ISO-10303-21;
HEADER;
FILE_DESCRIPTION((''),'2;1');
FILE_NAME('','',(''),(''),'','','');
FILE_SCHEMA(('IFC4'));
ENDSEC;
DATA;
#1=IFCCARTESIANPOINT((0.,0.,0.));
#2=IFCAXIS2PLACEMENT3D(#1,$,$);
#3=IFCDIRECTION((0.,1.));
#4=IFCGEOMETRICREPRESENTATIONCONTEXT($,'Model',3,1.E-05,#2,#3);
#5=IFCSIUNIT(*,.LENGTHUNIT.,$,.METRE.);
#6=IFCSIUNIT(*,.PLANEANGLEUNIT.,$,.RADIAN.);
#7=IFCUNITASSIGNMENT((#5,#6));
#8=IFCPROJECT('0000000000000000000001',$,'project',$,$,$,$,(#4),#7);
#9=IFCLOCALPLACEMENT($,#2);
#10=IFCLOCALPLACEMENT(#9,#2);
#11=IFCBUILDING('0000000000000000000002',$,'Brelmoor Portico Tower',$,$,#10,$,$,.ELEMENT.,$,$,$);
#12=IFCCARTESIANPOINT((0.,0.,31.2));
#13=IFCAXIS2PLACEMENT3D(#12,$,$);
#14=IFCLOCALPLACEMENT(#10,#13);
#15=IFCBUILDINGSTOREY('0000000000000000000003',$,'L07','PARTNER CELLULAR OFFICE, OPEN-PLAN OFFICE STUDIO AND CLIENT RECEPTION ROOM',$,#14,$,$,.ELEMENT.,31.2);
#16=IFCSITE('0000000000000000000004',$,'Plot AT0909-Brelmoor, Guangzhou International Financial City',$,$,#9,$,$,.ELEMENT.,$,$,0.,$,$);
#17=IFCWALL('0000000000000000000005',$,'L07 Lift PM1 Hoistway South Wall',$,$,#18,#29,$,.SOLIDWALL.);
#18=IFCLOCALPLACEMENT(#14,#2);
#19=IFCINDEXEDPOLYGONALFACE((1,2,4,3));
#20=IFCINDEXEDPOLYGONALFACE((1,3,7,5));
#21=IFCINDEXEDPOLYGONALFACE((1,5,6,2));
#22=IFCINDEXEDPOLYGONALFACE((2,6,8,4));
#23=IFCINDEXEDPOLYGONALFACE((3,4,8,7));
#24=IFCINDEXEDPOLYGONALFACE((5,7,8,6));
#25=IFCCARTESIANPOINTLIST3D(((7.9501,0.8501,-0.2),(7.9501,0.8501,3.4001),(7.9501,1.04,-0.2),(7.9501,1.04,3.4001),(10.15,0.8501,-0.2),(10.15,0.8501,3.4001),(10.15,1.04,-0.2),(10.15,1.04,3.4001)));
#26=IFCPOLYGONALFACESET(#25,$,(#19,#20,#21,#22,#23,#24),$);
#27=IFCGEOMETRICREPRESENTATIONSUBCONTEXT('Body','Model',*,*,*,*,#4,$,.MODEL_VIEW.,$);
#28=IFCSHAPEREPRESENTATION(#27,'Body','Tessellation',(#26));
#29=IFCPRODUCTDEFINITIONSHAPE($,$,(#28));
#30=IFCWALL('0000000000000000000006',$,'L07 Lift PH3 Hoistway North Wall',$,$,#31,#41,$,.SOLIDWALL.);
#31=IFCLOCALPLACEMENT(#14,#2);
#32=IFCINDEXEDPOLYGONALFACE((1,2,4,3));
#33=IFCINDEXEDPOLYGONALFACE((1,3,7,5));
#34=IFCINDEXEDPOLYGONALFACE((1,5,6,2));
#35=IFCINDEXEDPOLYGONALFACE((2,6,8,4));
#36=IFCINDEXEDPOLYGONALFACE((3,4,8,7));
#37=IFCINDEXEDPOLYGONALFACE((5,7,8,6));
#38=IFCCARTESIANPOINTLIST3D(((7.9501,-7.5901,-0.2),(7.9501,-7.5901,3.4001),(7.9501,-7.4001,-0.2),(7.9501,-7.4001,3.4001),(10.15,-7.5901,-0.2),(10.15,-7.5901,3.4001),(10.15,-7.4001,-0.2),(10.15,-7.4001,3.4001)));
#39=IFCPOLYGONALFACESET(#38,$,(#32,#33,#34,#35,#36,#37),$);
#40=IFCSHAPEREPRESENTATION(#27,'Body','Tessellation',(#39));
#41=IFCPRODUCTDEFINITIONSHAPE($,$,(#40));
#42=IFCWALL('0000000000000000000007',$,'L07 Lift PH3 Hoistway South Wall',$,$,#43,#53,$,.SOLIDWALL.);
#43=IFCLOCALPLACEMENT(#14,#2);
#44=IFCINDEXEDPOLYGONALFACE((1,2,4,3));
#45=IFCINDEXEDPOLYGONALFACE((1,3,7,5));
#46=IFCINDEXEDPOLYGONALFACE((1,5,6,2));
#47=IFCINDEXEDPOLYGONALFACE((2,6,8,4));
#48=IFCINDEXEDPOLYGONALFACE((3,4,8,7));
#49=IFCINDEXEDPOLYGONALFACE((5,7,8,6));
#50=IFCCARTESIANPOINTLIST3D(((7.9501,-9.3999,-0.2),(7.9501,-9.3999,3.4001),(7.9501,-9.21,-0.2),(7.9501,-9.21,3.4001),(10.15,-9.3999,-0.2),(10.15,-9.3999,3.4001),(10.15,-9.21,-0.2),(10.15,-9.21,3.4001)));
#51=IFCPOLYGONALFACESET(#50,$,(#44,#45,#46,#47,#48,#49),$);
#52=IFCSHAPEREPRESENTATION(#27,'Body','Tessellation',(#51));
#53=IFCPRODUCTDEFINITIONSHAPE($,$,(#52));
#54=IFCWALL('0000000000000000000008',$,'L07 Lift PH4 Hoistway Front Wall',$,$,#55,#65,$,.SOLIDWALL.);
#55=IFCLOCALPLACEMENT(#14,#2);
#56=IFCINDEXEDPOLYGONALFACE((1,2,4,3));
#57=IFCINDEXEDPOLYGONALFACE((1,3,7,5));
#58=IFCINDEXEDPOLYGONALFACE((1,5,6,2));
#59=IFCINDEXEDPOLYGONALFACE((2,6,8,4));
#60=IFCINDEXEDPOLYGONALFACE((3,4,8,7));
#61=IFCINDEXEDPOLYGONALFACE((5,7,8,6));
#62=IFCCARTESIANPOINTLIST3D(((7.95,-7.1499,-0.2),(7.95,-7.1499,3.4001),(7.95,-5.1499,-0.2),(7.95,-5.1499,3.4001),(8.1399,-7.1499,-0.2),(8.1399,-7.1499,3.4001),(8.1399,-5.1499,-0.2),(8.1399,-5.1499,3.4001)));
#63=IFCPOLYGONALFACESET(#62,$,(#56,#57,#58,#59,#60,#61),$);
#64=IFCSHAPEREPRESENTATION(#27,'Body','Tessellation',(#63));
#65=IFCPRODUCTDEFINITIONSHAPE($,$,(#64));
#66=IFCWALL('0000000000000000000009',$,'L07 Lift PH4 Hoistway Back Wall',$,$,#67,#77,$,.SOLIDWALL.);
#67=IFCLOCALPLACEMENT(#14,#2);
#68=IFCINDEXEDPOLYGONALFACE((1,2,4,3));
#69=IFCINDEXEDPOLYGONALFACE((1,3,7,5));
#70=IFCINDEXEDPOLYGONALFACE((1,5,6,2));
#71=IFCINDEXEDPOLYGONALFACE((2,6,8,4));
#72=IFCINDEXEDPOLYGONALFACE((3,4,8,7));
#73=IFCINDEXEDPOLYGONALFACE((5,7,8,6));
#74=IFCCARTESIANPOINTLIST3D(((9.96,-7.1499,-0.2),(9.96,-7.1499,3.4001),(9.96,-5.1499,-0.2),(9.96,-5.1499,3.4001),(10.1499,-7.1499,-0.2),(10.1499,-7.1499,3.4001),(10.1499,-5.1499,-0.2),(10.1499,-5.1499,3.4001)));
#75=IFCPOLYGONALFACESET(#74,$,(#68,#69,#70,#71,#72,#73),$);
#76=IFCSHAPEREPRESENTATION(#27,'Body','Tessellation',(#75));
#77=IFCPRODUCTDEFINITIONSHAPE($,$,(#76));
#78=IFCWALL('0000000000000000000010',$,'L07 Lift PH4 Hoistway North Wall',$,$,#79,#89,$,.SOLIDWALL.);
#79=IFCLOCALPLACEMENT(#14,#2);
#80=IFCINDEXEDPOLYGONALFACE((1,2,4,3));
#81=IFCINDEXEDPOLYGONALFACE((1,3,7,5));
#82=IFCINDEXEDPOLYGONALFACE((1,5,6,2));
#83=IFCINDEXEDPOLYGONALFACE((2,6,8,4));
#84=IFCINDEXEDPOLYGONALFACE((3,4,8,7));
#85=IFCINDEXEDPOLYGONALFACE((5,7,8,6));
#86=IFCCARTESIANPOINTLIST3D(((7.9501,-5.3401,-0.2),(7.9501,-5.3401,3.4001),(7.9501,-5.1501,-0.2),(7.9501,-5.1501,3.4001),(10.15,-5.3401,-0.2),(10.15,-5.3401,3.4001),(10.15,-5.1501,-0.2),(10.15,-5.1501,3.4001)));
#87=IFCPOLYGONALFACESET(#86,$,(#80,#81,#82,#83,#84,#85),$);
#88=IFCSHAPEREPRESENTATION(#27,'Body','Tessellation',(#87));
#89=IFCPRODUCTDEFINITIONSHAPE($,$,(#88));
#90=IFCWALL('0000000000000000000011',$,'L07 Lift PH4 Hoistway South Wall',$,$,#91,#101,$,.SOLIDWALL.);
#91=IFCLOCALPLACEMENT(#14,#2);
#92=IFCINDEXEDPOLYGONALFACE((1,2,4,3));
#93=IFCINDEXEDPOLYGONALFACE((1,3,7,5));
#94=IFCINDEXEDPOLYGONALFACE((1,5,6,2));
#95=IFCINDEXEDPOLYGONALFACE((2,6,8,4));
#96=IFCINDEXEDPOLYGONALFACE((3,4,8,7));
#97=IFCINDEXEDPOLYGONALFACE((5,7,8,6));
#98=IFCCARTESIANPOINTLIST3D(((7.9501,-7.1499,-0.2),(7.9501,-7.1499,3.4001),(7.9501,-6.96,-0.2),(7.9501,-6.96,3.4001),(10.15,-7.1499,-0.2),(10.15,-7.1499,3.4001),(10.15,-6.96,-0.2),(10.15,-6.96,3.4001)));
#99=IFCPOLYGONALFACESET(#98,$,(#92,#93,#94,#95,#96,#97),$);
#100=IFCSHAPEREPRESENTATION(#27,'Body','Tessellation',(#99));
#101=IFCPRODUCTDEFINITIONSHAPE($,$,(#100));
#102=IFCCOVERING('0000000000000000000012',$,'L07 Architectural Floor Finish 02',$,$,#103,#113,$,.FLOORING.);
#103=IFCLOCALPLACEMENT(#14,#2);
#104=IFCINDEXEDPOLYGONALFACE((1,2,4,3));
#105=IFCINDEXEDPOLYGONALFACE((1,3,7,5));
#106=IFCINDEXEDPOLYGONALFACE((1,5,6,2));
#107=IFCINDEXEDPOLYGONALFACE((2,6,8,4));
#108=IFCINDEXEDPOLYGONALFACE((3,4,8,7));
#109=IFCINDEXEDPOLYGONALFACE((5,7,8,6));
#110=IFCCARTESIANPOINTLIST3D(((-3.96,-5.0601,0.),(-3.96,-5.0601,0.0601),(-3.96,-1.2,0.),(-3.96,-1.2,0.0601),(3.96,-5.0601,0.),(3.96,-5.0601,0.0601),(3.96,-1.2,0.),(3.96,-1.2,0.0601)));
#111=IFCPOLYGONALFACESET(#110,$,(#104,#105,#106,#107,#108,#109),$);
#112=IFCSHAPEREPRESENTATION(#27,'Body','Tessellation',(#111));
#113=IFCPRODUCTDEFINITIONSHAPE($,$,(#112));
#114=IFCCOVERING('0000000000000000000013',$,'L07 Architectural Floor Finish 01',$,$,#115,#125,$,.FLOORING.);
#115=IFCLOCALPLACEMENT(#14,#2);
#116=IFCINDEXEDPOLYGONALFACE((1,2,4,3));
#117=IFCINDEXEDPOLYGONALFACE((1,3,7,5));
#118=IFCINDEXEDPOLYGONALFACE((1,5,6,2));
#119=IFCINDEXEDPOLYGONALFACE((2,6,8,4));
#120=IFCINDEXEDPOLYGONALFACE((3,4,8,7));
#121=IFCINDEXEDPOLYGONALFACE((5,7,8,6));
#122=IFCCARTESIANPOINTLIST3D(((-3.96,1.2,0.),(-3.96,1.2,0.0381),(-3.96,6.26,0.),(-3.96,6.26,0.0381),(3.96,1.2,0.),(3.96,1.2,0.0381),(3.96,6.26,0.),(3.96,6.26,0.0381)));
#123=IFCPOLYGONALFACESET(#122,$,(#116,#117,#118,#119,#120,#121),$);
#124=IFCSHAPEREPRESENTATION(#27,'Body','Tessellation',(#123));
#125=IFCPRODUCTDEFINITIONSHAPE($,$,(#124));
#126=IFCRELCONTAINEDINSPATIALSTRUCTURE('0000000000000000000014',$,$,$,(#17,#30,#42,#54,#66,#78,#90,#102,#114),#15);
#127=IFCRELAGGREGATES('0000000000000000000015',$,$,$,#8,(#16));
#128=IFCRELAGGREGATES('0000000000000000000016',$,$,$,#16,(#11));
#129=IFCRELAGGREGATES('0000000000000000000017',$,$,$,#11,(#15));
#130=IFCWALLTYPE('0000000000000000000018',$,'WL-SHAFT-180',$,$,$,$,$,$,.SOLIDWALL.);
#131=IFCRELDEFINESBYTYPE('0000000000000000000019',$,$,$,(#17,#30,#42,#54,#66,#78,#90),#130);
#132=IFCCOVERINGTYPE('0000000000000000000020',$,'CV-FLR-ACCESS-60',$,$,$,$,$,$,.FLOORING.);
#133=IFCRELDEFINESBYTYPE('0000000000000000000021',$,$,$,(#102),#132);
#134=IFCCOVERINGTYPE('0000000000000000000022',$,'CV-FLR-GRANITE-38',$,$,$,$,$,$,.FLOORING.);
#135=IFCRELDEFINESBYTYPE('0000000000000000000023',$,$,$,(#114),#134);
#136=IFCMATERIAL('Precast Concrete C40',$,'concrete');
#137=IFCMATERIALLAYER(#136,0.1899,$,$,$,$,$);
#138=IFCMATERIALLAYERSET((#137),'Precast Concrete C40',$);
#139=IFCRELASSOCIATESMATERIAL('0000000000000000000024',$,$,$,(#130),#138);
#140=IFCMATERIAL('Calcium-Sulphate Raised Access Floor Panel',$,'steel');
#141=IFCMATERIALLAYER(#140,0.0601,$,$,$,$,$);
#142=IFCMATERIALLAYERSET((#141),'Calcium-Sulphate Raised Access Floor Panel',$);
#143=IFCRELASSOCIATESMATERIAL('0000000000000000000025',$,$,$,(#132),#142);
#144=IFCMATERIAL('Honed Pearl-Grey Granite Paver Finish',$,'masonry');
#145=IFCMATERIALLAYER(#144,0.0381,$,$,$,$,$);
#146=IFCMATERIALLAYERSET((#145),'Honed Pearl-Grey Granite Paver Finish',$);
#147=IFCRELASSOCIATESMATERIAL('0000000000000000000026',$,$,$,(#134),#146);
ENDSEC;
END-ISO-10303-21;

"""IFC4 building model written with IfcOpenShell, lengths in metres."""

from ifc_helpers import new_model, si_unit, direction, frame, frame_2d, origin, place, context, subcontext, project, spatial, polyline, rectangle, outline, extrude, material, layer, layer_set, type_object, element, save


model = new_model("IFC4")

# Units and contexts
model_context = context("Model", 3, precision=1e-05, world=origin(), true_north=direction((0.0, 1.0)))
body_context = subcontext(model_context, "Body", "Model", "MODEL_VIEW")
ifc_project = project(units=[si_unit("LENGTHUNIT", "METRE"), si_unit("PLANEANGLEUNIT", "RADIAN")], contexts=[model_context])

# Site, building, storey
site_placement = place(None, origin())
site = spatial("IfcSite", under=ifc_project, at=site_placement, Name="Plot AT0909-Brelmoor, Guangzhou International Financial City", CompositionType="ELEMENT", RefElevation=0.0)
building_placement = place(site_placement, origin())
building = spatial("IfcBuilding", under=site, at=building_placement, Name="Brelmoor Portico Tower", CompositionType="ELEMENT")
storey_placement = place(building_placement, frame((0.0, 0.0, 31.2)))
storey = spatial("IfcBuildingStorey", under=building, at=storey_placement, Name="L07", Description="PARTNER CELLULAR OFFICE, OPEN-PLAN OFFICE STUDIO AND CLIENT RECEPTION ROOM", CompositionType="ELEMENT", Elevation=31.2)

# Walls
ifc_material_1 = material(Name="Precast Concrete C40", Category="concrete")
ifc_layer_1 = layer(ifc_material_1, 0.1899)
ifc_layer_set_1 = layer_set([ifc_layer_1], Name="Precast Concrete C40")
wall_type_1 = type_object("IfcWallType", Name="WL-SHAFT-180", PredefinedType="SOLIDWALL", material=ifc_layer_set_1)
for number, where, z_axis, x_axis, name in (
    (1, (7.95, 0.9451, -0.2), (0.0, 0.0, 1.0), (1.0, 0.0, 0.0), "L07 Lift PM1 Hoistway South Wall"),
    (2, (7.95, -7.4951, -0.2), (0.0, 0.0, 1.0), (1.0, 0.0, 0.0), "L07 Lift PH3 Hoistway North Wall"),
    (3, (7.95, -9.3049, -0.2), (0.0, 0.0, 1.0), (1.0, 0.0, 0.0), "L07 Lift PH3 Hoistway South Wall"),
):
    element("IfcWall", number, at=place(storey_placement, frame(where, z_axis=z_axis, x_axis=x_axis)), inside=storey, type_object=wall_type_1, Name=name, PredefinedType="SOLIDWALL", context=body_context, shape_type="SweptSolid", body=[
        extrude(rectangle(XDim=2.2, YDim=0.1899, at=frame_2d((1.1001, 0.0))), origin(), (0.0, 0.0, 1.0), 3.6001),
    ])
for number, where, z_axis, x_axis, name in (
    (4, (8.0449, -7.1499, -0.2), (0.0, 0.0, 1.0), (0.0, 1.0, 0.0), "L07 Lift PH4 Hoistway Front Wall"),
    (5, (10.0549, -7.1499, -0.2), (0.0, 0.0, 1.0), (0.0, 1.0, 0.0), "L07 Lift PH4 Hoistway Back Wall"),
):
    element("IfcWall", number, at=place(storey_placement, frame(where, z_axis=z_axis, x_axis=x_axis)), inside=storey, type_object=wall_type_1, Name=name, PredefinedType="SOLIDWALL", context=body_context, shape_type="SweptSolid", body=[
        extrude(rectangle(XDim=2.0, YDim=0.1899, at=frame_2d((1.0, 0.0))), origin(), (0.0, 0.0, 1.0), 3.6001),
    ])
for number, where, z_axis, x_axis, name in (
    (6, (7.95, -5.2451, -0.2), (0.0, 0.0, 1.0), (1.0, 0.0, 0.0), "L07 Lift PH4 Hoistway North Wall"),
    (7, (7.95, -7.0549, -0.2), (0.0, 0.0, 1.0), (1.0, 0.0, 0.0), "L07 Lift PH4 Hoistway South Wall"),
):
    element("IfcWall", number, at=place(storey_placement, frame(where, z_axis=z_axis, x_axis=x_axis)), inside=storey, type_object=wall_type_1, Name=name, PredefinedType="SOLIDWALL", context=body_context, shape_type="SweptSolid", body=[
        extrude(rectangle(XDim=2.2, YDim=0.1899, at=frame_2d((1.1001, 0.0))), origin(), (0.0, 0.0, 1.0), 3.6001),
    ])

# Coverings
ifc_material_2 = material(Name="Calcium-Sulphate Raised Access Floor Panel", Category="steel")
ifc_layer_2 = layer(ifc_material_2, 0.0601)
ifc_layer_set_2 = layer_set([ifc_layer_2], Name="Calcium-Sulphate Raised Access Floor Panel")
covering_type_1 = type_object("IfcCoveringType", Name="CV-FLR-ACCESS-60", PredefinedType="FLOORING", material=ifc_layer_set_2)
covering_1_placement = place(storey_placement, origin())
element("IfcCovering", 8, at=covering_1_placement, inside=storey, type_object=covering_type_1, Name="L07 Architectural Floor Finish 02", PredefinedType="FLOORING", context=body_context, shape_type="SweptSolid", body=[
    extrude(outline(polyline([(-3.96, -5.0601), (-3.96, -1.2), (3.96, -1.2), (3.96, -5.0601), (-3.96, -5.0601)])), origin(), (0.0, 0.0, 1.0), 0.0601),
])
ifc_material_3 = material(Name="Honed Pearl-Grey Granite Paver Finish", Category="masonry")
ifc_layer_3 = layer(ifc_material_3, 0.0381)
ifc_layer_set_3 = layer_set([ifc_layer_3], Name="Honed Pearl-Grey Granite Paver Finish")
covering_type_2 = type_object("IfcCoveringType", Name="CV-FLR-GRANITE-38", PredefinedType="FLOORING", material=ifc_layer_set_3)
covering_2_placement = place(storey_placement, origin())
element("IfcCovering", 9, at=covering_2_placement, inside=storey, type_object=covering_type_2, Name="L07 Architectural Floor Finish 01", PredefinedType="FLOORING", context=body_context, shape_type="SweptSolid", body=[
    extrude(outline(polyline([(-3.96, 1.2), (-3.96, 6.26), (3.96, 6.26), (3.96, 1.2), (-3.96, 1.2)])), origin(), (0.0, 0.0, 1.0), 0.0381),
])

save(model, "model.ifc")
